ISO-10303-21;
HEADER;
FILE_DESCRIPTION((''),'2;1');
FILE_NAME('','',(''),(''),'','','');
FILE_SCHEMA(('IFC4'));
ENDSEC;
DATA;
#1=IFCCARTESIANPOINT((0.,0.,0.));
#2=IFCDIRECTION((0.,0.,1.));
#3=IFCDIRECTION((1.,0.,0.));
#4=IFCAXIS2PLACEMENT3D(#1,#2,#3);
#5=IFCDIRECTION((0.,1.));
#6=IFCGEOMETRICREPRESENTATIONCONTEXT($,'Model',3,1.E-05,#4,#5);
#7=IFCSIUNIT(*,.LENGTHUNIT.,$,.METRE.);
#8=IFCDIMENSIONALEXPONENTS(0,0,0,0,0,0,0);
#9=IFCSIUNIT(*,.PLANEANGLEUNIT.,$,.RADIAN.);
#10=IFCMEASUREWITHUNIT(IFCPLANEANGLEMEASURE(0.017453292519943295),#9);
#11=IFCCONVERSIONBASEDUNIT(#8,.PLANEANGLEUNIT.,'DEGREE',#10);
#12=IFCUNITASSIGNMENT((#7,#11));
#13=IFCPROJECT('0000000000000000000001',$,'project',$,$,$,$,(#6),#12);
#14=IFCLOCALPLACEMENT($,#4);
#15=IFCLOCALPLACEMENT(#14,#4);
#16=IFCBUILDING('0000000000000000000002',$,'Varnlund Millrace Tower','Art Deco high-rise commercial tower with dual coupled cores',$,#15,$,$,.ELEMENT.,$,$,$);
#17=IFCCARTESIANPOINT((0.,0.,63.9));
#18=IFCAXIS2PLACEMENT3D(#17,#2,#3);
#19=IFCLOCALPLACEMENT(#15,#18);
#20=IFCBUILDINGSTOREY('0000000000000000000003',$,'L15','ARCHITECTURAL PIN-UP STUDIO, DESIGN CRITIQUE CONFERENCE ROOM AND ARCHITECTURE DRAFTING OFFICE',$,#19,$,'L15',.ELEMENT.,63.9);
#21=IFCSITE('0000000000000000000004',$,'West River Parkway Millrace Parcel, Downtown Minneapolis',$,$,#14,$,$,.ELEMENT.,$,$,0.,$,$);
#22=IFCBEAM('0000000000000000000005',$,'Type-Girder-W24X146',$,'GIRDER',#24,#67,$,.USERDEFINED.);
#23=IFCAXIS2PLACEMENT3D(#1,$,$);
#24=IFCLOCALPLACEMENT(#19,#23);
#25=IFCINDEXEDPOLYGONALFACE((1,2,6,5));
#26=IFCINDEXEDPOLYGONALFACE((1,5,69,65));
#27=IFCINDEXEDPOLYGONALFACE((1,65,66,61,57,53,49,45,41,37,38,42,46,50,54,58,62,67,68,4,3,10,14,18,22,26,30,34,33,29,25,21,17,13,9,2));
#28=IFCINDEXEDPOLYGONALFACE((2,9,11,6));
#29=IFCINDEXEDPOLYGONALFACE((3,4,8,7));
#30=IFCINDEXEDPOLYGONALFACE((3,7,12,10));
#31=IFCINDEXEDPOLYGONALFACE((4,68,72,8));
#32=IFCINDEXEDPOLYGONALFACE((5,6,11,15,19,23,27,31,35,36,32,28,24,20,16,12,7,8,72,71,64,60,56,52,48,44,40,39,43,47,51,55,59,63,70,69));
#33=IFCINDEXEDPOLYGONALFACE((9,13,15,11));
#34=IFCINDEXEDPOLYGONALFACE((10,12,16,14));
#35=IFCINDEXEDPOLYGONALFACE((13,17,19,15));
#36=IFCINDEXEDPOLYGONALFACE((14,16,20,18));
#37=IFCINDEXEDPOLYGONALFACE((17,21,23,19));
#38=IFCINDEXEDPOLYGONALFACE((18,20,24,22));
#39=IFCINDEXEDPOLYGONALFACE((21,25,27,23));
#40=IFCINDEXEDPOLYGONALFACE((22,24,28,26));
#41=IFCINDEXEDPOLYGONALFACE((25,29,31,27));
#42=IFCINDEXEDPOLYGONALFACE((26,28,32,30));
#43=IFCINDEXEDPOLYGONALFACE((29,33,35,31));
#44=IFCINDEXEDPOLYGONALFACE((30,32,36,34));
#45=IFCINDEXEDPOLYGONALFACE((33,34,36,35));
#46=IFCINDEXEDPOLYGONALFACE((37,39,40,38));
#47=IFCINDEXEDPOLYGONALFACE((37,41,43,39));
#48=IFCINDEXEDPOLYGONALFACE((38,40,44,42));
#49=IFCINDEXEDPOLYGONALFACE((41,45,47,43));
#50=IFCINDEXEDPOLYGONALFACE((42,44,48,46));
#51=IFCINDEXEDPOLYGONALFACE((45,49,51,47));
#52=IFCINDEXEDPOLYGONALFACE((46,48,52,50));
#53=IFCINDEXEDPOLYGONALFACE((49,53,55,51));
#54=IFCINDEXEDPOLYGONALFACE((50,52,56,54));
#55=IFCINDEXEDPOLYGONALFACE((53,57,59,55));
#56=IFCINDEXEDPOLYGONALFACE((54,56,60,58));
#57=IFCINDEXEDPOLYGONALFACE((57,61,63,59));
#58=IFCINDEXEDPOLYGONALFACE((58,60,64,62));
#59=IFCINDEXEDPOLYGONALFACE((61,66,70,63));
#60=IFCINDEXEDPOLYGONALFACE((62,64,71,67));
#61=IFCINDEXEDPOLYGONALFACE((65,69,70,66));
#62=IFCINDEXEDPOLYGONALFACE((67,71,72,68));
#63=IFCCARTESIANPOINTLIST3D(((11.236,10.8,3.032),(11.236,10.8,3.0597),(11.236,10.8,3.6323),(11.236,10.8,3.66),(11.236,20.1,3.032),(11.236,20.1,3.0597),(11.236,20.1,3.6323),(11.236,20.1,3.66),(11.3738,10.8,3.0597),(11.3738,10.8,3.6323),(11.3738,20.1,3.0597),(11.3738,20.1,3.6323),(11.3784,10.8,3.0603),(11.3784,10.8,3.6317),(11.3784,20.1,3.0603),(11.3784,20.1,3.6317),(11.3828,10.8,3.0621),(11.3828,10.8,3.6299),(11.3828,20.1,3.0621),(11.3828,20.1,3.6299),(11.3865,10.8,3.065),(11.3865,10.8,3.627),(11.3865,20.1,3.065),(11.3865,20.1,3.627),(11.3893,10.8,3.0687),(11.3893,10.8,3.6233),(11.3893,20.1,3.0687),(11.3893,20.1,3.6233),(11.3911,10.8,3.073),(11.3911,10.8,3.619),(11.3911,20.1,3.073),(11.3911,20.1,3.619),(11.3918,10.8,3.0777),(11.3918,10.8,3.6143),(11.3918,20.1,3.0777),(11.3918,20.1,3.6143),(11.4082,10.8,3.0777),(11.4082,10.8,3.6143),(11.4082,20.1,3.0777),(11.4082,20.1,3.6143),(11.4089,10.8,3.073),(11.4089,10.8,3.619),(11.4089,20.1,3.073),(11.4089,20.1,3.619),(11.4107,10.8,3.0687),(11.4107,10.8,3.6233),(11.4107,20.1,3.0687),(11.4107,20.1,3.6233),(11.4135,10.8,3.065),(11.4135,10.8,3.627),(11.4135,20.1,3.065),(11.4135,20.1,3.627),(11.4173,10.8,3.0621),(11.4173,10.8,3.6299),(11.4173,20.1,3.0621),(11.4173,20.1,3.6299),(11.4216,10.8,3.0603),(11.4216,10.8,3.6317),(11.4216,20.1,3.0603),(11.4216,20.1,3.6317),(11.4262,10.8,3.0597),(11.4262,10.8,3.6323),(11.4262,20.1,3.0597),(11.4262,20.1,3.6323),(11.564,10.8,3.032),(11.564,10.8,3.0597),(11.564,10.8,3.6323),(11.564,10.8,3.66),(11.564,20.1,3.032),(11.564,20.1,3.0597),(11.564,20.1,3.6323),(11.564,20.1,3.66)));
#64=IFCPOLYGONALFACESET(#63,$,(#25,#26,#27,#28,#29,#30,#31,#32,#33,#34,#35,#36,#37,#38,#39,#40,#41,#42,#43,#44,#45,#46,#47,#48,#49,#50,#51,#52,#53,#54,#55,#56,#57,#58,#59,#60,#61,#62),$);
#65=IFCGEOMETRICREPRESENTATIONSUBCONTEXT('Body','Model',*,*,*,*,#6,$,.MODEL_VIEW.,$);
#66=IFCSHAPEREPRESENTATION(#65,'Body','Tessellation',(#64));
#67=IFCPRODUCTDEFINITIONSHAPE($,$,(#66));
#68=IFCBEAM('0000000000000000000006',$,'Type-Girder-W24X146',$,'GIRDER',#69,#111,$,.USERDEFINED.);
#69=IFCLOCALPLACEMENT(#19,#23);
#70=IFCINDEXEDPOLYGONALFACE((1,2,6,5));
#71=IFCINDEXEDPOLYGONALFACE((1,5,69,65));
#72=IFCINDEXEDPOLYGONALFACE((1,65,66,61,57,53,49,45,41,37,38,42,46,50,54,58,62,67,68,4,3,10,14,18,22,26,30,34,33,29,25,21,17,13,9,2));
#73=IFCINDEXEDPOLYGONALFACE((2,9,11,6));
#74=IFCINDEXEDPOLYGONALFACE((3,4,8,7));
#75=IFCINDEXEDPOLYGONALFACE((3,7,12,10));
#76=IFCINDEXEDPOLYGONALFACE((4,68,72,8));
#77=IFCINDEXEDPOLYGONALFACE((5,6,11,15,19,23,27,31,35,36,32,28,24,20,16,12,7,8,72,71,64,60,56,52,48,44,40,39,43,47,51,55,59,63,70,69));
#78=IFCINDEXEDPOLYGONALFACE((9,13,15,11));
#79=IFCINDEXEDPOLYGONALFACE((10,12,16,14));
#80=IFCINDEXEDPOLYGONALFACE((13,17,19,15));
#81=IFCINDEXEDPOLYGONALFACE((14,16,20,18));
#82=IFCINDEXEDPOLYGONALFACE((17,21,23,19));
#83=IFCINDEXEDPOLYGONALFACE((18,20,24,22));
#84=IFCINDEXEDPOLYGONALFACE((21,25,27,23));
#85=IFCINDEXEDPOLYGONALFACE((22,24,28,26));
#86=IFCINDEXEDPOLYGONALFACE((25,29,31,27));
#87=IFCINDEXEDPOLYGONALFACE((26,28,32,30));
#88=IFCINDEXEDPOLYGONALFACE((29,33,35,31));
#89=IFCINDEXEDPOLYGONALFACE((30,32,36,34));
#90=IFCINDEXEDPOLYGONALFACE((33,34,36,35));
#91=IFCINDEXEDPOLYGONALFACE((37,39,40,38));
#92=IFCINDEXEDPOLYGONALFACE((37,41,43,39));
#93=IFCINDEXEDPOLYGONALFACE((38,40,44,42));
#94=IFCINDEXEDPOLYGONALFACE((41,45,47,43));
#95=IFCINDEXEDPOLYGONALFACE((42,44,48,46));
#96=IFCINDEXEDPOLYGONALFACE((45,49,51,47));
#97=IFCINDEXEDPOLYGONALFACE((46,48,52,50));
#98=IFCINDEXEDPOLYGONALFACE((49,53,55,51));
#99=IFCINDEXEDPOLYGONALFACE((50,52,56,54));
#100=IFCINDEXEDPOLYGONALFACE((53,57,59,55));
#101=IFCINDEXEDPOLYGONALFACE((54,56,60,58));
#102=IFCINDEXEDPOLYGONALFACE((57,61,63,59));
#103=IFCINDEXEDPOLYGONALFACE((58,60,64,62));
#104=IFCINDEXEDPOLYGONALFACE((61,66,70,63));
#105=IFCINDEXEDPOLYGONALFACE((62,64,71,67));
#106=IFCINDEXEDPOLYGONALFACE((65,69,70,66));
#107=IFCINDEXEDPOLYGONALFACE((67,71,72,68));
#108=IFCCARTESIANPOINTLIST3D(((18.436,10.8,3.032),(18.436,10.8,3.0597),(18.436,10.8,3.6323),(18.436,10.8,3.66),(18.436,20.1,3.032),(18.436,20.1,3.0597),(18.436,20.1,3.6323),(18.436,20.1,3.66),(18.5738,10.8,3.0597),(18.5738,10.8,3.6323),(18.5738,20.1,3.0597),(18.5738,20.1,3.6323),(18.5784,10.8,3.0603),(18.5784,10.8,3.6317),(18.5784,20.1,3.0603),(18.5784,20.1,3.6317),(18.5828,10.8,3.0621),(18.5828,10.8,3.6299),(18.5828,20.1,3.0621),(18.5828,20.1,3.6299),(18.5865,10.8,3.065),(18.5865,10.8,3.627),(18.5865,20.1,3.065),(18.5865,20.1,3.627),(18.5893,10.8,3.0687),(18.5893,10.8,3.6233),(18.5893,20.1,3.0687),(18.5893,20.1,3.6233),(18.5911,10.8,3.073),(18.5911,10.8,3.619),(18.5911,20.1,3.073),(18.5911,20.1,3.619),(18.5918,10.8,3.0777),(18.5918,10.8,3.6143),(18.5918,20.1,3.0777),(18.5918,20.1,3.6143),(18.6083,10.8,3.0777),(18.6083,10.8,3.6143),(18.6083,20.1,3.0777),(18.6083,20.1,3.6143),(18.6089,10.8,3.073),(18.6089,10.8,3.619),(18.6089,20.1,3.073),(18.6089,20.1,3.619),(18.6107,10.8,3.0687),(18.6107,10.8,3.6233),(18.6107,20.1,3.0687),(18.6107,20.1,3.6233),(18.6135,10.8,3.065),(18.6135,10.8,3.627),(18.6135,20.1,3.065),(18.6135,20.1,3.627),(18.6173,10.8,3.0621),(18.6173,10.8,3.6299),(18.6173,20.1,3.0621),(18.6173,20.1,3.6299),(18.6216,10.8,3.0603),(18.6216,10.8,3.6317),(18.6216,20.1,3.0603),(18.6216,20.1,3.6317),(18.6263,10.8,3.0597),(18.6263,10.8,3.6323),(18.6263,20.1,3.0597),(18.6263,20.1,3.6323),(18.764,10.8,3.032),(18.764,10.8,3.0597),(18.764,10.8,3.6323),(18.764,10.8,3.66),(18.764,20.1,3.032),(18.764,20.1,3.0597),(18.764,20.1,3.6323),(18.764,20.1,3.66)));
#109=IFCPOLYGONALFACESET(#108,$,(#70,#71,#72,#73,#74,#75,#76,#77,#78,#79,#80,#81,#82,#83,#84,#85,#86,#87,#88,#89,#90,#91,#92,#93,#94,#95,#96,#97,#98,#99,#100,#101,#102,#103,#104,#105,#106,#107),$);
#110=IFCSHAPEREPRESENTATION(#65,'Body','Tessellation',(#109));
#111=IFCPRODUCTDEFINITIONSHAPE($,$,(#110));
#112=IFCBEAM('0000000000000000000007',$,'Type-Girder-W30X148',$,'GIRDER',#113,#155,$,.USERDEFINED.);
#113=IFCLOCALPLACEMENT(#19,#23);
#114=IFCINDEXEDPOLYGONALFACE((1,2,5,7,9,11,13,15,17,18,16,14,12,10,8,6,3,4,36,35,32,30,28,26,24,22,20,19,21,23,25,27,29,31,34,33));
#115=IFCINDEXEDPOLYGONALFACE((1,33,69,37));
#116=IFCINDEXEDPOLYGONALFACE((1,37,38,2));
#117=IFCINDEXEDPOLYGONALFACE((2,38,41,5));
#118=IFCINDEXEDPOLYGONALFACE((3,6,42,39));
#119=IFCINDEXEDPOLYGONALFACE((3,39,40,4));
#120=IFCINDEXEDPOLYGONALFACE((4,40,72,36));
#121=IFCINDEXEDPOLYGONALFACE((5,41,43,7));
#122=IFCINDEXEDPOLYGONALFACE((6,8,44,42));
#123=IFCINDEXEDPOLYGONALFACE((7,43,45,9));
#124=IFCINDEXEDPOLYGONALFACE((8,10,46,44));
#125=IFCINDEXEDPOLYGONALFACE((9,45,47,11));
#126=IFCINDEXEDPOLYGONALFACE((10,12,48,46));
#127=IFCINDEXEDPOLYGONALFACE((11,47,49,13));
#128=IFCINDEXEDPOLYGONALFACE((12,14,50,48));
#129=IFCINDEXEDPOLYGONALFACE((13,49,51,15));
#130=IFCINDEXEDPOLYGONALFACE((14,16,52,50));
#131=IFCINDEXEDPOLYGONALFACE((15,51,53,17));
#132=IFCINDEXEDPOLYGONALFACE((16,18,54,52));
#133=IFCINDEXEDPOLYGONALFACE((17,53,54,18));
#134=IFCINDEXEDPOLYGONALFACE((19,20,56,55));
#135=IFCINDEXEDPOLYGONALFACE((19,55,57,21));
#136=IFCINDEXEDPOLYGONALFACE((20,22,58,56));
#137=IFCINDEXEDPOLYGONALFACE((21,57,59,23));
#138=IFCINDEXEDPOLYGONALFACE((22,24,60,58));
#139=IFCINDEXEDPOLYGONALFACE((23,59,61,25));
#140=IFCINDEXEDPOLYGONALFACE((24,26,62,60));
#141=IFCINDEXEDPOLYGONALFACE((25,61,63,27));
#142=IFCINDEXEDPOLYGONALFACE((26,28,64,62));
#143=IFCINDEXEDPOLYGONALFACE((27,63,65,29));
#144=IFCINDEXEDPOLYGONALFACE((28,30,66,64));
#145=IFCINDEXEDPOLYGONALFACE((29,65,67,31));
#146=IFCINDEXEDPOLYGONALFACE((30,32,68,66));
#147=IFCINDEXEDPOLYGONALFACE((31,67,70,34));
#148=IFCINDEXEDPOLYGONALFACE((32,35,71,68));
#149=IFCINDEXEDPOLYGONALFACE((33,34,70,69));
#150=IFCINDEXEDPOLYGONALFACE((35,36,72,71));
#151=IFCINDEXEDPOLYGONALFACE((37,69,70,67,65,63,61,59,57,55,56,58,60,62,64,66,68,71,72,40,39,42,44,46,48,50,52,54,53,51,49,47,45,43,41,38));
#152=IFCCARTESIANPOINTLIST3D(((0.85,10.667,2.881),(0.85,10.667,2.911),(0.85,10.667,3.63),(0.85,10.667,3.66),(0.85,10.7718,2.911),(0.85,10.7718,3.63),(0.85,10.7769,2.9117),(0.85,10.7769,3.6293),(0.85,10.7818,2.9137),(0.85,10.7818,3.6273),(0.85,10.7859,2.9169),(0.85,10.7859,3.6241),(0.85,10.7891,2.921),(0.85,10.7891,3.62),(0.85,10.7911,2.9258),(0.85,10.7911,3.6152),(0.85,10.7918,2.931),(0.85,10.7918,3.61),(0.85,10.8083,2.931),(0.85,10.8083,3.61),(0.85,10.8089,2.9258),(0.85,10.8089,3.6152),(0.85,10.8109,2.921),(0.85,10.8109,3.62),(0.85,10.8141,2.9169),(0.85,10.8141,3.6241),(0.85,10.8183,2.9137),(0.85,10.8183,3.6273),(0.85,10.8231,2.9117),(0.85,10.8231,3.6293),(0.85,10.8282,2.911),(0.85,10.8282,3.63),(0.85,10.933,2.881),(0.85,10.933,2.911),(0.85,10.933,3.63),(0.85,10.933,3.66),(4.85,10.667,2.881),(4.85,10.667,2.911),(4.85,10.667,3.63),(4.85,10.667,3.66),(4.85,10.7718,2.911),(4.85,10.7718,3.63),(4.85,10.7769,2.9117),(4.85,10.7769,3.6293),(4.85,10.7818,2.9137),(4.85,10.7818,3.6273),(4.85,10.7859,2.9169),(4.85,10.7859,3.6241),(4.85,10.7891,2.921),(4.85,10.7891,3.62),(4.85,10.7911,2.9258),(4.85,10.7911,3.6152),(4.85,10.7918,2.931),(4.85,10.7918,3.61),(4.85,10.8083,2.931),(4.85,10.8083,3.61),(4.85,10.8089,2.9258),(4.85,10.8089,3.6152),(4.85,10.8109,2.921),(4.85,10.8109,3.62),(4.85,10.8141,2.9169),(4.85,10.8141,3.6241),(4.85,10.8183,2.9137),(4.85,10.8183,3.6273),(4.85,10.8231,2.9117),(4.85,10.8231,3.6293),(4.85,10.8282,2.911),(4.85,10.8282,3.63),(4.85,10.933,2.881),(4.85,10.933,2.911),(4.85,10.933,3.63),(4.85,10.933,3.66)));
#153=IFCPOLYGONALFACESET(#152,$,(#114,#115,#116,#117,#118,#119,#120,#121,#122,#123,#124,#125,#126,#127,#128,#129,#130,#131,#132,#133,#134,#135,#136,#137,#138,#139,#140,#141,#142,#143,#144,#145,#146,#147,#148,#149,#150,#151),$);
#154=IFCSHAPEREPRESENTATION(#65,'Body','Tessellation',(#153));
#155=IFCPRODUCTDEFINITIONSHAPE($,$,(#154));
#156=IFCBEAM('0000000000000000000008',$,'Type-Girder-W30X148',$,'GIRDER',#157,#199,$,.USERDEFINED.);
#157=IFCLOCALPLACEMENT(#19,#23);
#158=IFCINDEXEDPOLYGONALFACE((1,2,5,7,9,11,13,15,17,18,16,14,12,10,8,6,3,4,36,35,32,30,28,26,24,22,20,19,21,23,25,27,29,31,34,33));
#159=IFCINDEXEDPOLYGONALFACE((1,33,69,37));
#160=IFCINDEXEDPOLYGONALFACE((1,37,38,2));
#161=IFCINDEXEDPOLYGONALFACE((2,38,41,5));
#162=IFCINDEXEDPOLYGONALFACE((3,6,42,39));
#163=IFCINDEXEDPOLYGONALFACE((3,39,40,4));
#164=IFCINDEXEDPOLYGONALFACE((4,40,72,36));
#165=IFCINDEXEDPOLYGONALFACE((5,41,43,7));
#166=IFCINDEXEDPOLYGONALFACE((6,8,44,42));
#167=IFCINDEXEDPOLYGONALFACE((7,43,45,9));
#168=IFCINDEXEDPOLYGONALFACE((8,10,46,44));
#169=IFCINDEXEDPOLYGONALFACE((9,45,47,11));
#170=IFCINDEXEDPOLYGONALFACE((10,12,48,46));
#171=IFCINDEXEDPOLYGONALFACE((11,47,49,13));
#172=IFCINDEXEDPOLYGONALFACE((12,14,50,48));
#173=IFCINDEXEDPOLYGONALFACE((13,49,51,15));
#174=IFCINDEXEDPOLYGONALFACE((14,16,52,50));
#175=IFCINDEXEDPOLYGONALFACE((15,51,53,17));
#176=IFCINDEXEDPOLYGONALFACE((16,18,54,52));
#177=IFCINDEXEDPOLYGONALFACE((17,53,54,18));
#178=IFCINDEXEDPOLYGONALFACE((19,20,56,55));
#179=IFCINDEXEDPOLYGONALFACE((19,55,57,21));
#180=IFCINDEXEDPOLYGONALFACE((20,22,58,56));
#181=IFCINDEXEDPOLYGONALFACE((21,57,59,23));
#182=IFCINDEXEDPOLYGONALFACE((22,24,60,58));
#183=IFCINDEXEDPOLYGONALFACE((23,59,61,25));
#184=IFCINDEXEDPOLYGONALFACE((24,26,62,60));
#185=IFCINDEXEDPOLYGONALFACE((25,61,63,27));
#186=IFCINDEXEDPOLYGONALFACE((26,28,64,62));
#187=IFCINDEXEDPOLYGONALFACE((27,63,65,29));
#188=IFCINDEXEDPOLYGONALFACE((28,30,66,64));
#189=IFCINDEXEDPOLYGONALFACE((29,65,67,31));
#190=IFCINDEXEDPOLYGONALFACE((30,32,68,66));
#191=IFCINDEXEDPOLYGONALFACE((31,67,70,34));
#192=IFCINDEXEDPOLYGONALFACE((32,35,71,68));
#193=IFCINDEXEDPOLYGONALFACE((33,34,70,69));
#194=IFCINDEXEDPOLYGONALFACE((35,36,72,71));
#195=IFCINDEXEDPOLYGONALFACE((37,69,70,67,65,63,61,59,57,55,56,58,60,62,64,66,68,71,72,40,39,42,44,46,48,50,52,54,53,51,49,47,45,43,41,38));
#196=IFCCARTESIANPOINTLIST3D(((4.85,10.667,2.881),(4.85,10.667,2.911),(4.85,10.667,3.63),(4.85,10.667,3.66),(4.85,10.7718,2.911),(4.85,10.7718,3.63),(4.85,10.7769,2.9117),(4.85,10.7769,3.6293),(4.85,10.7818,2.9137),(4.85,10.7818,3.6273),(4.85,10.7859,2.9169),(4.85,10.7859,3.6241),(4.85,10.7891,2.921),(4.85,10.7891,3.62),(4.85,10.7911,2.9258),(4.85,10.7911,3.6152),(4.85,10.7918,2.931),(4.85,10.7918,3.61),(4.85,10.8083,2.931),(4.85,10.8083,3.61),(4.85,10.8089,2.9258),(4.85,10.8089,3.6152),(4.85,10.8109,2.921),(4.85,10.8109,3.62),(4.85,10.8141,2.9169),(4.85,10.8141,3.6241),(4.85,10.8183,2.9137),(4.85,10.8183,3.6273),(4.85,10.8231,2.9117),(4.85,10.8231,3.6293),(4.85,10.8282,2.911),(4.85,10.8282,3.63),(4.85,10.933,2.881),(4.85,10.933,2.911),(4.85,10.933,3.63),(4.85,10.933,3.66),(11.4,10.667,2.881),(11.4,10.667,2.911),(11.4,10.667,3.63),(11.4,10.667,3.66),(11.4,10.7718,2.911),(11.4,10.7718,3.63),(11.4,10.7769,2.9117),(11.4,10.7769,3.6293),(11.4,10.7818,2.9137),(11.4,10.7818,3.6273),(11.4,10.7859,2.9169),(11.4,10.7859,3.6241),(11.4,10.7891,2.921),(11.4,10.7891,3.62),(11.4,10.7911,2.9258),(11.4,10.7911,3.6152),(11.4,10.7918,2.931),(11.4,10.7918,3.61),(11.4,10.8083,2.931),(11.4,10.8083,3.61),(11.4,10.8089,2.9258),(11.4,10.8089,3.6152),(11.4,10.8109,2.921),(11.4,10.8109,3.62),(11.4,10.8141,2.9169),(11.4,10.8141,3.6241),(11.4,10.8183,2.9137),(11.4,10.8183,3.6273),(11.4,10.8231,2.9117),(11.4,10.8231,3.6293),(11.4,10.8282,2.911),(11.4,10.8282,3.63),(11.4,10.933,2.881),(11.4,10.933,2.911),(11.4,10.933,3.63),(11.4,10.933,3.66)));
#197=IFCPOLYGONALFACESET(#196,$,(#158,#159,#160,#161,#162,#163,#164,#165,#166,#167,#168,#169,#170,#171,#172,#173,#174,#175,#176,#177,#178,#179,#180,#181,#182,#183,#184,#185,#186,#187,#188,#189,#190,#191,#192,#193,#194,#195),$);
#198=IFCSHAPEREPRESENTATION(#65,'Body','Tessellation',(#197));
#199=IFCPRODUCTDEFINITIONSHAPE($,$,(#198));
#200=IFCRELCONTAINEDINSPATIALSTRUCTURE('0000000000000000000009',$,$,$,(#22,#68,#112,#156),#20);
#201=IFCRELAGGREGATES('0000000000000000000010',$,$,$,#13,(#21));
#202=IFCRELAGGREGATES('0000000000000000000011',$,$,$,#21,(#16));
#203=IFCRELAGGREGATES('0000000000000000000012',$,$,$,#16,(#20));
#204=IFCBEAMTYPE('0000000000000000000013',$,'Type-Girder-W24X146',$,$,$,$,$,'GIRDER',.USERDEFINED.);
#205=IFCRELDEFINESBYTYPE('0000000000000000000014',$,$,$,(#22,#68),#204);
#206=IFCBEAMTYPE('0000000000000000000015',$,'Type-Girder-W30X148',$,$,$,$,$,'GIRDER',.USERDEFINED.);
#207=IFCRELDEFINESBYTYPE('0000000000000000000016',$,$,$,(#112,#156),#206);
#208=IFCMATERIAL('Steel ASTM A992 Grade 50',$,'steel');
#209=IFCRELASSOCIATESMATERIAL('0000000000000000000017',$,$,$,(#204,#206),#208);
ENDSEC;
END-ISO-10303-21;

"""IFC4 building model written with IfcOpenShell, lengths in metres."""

from ifc_helpers import new_model, entity, si_unit, converted_unit, direction, frame, origin_with_axes, origin_2d_with_axis, place, context, subcontext, project, spatial, i_section, extrude, material, material_profile, profile_set, type_object, element, save


model = new_model("IFC4")

# Units and contexts
model_context = context("Model", 3, precision=1e-05, world=origin_with_axes(), true_north=direction((0.0, 1.0)))
body_context = subcontext(model_context, "Body", "Model", "MODEL_VIEW")
ifc_project = project(units=[si_unit("LENGTHUNIT", "METRE"), converted_unit("PLANEANGLEUNIT", "DEGREE", entity("IfcPlaneAngleMeasure", 0.017453292519943295), si_unit("PLANEANGLEUNIT", "RADIAN"), dimensions=[0, 0, 0, 0, 0, 0, 0])], contexts=[model_context])

# Site, building, storey
site_placement = place(None, origin_with_axes())
site = spatial("IfcSite", under=ifc_project, at=site_placement, Name="West River Parkway Millrace Parcel, Downtown Minneapolis", CompositionType="ELEMENT", RefElevation=0.0)
building_placement = place(site_placement, origin_with_axes())
building = spatial("IfcBuilding", under=site, at=building_placement, Name="Varnlund Millrace Tower", Description="Art Deco high-rise commercial tower with dual coupled cores", CompositionType="ELEMENT")
storey_placement = place(building_placement, frame((0.0, 0.0, 63.9), z_axis=(0.0, 0.0, 1.0), x_axis=(1.0, 0.0, 0.0)))
storey = spatial("IfcBuildingStorey", under=building, at=storey_placement, Name="L15", Description="ARCHITECTURAL PIN-UP STUDIO, DESIGN CRITIQUE CONFERENCE ROOM AND ARCHITECTURE DRAFTING OFFICE", LongName="L15", CompositionType="ELEMENT", Elevation=63.9)

# Beams
ifc_material_1 = material(Name="Steel ASTM A992 Grade 50", Category="steel")
ifc_material_profile_1 = material_profile(ifc_material_1, i_section(OverallWidth=0.328, OverallDepth=0.628, WebThickness=0.0165, FlangeThickness=0.0277, FilletRadius=0.018, at=origin_2d_with_axis()), Name="Steel ASTM A992 Grade 50")
ifc_profile_set_1 = profile_set([ifc_material_profile_1], Name="Steel ASTM A992 Grade 50")
beam_type_1 = type_object("IfcBeamType", Name="Type-Girder-W24X146", ElementType="GIRDER", PredefinedType="USERDEFINED", material=ifc_profile_set_1)
for number, where, z_axis, x_axis, name in (
    (1, (11.4, 10.8, 3.346), (0.0, 1.0, 0.0), (-1.0, 0.0, 0.0), "Type-Girder-W24X146"),
    (2, (18.6, 10.8, 3.346), (0.0, 1.0, 0.0), (-1.0, 0.0, 0.0), "Type-Girder-W24X146"),
):
    element("IfcBeam", number, at=place(storey_placement, frame(where, z_axis=z_axis, x_axis=x_axis)), inside=storey, type_object=beam_type_1, Name=name, ObjectType="GIRDER", PredefinedType="USERDEFINED", context=body_context, shape_type="SweptSolid", body=[
        extrude(i_section(OverallWidth=0.328, OverallDepth=0.628, WebThickness=0.0165, FlangeThickness=0.0277, FilletRadius=0.018, at=origin_2d_with_axis()), origin_with_axes(), (0.0, 0.0, 1.0), 9.3),
    ])
ifc_material_profile_2 = material_profile(ifc_material_1, i_section(OverallWidth=0.266, OverallDepth=0.779, WebThickness=0.0165, FlangeThickness=0.03, FilletRadius=0.02, at=origin_2d_with_axis()), Name="Steel ASTM A992 Grade 50")
ifc_profile_set_2 = profile_set([ifc_material_profile_2], Name="Steel ASTM A992 Grade 50")
beam_type_2 = type_object("IfcBeamType", Name="Type-Girder-W30X148", ElementType="GIRDER", PredefinedType="USERDEFINED", material=ifc_profile_set_2)
beam_1_placement = place(storey_placement, frame((0.85, 10.8, 3.2705), z_axis=(1.0, 0.0, 0.0), x_axis=(0.0, 1.0, 0.0)))
element("IfcBeam", 3, at=beam_1_placement, inside=storey, type_object=beam_type_2, Name="Type-Girder-W30X148", ObjectType="GIRDER", PredefinedType="USERDEFINED", context=body_context, shape_type="SweptSolid", body=[
    extrude(i_section(OverallWidth=0.266, OverallDepth=0.779, WebThickness=0.0165, FlangeThickness=0.03, FilletRadius=0.02, at=origin_2d_with_axis()), origin_with_axes(), (0.0, 0.0, 1.0), 4.0),
])
beam_2_placement = place(storey_placement, frame((4.85, 10.8, 3.2705), z_axis=(1.0, 0.0, 0.0), x_axis=(0.0, 1.0, 0.0)))
element("IfcBeam", 4, at=beam_2_placement, inside=storey, type_object=beam_type_2, Name="Type-Girder-W30X148", ObjectType="GIRDER", PredefinedType="USERDEFINED", context=body_context, shape_type="SweptSolid", body=[
    extrude(i_section(OverallWidth=0.266, OverallDepth=0.779, WebThickness=0.0165, FlangeThickness=0.03, FilletRadius=0.02, at=origin_2d_with_axis()), origin_with_axes(), (0.0, 0.0, 1.0), 6.55),
])

save(model, "model.ifc")
